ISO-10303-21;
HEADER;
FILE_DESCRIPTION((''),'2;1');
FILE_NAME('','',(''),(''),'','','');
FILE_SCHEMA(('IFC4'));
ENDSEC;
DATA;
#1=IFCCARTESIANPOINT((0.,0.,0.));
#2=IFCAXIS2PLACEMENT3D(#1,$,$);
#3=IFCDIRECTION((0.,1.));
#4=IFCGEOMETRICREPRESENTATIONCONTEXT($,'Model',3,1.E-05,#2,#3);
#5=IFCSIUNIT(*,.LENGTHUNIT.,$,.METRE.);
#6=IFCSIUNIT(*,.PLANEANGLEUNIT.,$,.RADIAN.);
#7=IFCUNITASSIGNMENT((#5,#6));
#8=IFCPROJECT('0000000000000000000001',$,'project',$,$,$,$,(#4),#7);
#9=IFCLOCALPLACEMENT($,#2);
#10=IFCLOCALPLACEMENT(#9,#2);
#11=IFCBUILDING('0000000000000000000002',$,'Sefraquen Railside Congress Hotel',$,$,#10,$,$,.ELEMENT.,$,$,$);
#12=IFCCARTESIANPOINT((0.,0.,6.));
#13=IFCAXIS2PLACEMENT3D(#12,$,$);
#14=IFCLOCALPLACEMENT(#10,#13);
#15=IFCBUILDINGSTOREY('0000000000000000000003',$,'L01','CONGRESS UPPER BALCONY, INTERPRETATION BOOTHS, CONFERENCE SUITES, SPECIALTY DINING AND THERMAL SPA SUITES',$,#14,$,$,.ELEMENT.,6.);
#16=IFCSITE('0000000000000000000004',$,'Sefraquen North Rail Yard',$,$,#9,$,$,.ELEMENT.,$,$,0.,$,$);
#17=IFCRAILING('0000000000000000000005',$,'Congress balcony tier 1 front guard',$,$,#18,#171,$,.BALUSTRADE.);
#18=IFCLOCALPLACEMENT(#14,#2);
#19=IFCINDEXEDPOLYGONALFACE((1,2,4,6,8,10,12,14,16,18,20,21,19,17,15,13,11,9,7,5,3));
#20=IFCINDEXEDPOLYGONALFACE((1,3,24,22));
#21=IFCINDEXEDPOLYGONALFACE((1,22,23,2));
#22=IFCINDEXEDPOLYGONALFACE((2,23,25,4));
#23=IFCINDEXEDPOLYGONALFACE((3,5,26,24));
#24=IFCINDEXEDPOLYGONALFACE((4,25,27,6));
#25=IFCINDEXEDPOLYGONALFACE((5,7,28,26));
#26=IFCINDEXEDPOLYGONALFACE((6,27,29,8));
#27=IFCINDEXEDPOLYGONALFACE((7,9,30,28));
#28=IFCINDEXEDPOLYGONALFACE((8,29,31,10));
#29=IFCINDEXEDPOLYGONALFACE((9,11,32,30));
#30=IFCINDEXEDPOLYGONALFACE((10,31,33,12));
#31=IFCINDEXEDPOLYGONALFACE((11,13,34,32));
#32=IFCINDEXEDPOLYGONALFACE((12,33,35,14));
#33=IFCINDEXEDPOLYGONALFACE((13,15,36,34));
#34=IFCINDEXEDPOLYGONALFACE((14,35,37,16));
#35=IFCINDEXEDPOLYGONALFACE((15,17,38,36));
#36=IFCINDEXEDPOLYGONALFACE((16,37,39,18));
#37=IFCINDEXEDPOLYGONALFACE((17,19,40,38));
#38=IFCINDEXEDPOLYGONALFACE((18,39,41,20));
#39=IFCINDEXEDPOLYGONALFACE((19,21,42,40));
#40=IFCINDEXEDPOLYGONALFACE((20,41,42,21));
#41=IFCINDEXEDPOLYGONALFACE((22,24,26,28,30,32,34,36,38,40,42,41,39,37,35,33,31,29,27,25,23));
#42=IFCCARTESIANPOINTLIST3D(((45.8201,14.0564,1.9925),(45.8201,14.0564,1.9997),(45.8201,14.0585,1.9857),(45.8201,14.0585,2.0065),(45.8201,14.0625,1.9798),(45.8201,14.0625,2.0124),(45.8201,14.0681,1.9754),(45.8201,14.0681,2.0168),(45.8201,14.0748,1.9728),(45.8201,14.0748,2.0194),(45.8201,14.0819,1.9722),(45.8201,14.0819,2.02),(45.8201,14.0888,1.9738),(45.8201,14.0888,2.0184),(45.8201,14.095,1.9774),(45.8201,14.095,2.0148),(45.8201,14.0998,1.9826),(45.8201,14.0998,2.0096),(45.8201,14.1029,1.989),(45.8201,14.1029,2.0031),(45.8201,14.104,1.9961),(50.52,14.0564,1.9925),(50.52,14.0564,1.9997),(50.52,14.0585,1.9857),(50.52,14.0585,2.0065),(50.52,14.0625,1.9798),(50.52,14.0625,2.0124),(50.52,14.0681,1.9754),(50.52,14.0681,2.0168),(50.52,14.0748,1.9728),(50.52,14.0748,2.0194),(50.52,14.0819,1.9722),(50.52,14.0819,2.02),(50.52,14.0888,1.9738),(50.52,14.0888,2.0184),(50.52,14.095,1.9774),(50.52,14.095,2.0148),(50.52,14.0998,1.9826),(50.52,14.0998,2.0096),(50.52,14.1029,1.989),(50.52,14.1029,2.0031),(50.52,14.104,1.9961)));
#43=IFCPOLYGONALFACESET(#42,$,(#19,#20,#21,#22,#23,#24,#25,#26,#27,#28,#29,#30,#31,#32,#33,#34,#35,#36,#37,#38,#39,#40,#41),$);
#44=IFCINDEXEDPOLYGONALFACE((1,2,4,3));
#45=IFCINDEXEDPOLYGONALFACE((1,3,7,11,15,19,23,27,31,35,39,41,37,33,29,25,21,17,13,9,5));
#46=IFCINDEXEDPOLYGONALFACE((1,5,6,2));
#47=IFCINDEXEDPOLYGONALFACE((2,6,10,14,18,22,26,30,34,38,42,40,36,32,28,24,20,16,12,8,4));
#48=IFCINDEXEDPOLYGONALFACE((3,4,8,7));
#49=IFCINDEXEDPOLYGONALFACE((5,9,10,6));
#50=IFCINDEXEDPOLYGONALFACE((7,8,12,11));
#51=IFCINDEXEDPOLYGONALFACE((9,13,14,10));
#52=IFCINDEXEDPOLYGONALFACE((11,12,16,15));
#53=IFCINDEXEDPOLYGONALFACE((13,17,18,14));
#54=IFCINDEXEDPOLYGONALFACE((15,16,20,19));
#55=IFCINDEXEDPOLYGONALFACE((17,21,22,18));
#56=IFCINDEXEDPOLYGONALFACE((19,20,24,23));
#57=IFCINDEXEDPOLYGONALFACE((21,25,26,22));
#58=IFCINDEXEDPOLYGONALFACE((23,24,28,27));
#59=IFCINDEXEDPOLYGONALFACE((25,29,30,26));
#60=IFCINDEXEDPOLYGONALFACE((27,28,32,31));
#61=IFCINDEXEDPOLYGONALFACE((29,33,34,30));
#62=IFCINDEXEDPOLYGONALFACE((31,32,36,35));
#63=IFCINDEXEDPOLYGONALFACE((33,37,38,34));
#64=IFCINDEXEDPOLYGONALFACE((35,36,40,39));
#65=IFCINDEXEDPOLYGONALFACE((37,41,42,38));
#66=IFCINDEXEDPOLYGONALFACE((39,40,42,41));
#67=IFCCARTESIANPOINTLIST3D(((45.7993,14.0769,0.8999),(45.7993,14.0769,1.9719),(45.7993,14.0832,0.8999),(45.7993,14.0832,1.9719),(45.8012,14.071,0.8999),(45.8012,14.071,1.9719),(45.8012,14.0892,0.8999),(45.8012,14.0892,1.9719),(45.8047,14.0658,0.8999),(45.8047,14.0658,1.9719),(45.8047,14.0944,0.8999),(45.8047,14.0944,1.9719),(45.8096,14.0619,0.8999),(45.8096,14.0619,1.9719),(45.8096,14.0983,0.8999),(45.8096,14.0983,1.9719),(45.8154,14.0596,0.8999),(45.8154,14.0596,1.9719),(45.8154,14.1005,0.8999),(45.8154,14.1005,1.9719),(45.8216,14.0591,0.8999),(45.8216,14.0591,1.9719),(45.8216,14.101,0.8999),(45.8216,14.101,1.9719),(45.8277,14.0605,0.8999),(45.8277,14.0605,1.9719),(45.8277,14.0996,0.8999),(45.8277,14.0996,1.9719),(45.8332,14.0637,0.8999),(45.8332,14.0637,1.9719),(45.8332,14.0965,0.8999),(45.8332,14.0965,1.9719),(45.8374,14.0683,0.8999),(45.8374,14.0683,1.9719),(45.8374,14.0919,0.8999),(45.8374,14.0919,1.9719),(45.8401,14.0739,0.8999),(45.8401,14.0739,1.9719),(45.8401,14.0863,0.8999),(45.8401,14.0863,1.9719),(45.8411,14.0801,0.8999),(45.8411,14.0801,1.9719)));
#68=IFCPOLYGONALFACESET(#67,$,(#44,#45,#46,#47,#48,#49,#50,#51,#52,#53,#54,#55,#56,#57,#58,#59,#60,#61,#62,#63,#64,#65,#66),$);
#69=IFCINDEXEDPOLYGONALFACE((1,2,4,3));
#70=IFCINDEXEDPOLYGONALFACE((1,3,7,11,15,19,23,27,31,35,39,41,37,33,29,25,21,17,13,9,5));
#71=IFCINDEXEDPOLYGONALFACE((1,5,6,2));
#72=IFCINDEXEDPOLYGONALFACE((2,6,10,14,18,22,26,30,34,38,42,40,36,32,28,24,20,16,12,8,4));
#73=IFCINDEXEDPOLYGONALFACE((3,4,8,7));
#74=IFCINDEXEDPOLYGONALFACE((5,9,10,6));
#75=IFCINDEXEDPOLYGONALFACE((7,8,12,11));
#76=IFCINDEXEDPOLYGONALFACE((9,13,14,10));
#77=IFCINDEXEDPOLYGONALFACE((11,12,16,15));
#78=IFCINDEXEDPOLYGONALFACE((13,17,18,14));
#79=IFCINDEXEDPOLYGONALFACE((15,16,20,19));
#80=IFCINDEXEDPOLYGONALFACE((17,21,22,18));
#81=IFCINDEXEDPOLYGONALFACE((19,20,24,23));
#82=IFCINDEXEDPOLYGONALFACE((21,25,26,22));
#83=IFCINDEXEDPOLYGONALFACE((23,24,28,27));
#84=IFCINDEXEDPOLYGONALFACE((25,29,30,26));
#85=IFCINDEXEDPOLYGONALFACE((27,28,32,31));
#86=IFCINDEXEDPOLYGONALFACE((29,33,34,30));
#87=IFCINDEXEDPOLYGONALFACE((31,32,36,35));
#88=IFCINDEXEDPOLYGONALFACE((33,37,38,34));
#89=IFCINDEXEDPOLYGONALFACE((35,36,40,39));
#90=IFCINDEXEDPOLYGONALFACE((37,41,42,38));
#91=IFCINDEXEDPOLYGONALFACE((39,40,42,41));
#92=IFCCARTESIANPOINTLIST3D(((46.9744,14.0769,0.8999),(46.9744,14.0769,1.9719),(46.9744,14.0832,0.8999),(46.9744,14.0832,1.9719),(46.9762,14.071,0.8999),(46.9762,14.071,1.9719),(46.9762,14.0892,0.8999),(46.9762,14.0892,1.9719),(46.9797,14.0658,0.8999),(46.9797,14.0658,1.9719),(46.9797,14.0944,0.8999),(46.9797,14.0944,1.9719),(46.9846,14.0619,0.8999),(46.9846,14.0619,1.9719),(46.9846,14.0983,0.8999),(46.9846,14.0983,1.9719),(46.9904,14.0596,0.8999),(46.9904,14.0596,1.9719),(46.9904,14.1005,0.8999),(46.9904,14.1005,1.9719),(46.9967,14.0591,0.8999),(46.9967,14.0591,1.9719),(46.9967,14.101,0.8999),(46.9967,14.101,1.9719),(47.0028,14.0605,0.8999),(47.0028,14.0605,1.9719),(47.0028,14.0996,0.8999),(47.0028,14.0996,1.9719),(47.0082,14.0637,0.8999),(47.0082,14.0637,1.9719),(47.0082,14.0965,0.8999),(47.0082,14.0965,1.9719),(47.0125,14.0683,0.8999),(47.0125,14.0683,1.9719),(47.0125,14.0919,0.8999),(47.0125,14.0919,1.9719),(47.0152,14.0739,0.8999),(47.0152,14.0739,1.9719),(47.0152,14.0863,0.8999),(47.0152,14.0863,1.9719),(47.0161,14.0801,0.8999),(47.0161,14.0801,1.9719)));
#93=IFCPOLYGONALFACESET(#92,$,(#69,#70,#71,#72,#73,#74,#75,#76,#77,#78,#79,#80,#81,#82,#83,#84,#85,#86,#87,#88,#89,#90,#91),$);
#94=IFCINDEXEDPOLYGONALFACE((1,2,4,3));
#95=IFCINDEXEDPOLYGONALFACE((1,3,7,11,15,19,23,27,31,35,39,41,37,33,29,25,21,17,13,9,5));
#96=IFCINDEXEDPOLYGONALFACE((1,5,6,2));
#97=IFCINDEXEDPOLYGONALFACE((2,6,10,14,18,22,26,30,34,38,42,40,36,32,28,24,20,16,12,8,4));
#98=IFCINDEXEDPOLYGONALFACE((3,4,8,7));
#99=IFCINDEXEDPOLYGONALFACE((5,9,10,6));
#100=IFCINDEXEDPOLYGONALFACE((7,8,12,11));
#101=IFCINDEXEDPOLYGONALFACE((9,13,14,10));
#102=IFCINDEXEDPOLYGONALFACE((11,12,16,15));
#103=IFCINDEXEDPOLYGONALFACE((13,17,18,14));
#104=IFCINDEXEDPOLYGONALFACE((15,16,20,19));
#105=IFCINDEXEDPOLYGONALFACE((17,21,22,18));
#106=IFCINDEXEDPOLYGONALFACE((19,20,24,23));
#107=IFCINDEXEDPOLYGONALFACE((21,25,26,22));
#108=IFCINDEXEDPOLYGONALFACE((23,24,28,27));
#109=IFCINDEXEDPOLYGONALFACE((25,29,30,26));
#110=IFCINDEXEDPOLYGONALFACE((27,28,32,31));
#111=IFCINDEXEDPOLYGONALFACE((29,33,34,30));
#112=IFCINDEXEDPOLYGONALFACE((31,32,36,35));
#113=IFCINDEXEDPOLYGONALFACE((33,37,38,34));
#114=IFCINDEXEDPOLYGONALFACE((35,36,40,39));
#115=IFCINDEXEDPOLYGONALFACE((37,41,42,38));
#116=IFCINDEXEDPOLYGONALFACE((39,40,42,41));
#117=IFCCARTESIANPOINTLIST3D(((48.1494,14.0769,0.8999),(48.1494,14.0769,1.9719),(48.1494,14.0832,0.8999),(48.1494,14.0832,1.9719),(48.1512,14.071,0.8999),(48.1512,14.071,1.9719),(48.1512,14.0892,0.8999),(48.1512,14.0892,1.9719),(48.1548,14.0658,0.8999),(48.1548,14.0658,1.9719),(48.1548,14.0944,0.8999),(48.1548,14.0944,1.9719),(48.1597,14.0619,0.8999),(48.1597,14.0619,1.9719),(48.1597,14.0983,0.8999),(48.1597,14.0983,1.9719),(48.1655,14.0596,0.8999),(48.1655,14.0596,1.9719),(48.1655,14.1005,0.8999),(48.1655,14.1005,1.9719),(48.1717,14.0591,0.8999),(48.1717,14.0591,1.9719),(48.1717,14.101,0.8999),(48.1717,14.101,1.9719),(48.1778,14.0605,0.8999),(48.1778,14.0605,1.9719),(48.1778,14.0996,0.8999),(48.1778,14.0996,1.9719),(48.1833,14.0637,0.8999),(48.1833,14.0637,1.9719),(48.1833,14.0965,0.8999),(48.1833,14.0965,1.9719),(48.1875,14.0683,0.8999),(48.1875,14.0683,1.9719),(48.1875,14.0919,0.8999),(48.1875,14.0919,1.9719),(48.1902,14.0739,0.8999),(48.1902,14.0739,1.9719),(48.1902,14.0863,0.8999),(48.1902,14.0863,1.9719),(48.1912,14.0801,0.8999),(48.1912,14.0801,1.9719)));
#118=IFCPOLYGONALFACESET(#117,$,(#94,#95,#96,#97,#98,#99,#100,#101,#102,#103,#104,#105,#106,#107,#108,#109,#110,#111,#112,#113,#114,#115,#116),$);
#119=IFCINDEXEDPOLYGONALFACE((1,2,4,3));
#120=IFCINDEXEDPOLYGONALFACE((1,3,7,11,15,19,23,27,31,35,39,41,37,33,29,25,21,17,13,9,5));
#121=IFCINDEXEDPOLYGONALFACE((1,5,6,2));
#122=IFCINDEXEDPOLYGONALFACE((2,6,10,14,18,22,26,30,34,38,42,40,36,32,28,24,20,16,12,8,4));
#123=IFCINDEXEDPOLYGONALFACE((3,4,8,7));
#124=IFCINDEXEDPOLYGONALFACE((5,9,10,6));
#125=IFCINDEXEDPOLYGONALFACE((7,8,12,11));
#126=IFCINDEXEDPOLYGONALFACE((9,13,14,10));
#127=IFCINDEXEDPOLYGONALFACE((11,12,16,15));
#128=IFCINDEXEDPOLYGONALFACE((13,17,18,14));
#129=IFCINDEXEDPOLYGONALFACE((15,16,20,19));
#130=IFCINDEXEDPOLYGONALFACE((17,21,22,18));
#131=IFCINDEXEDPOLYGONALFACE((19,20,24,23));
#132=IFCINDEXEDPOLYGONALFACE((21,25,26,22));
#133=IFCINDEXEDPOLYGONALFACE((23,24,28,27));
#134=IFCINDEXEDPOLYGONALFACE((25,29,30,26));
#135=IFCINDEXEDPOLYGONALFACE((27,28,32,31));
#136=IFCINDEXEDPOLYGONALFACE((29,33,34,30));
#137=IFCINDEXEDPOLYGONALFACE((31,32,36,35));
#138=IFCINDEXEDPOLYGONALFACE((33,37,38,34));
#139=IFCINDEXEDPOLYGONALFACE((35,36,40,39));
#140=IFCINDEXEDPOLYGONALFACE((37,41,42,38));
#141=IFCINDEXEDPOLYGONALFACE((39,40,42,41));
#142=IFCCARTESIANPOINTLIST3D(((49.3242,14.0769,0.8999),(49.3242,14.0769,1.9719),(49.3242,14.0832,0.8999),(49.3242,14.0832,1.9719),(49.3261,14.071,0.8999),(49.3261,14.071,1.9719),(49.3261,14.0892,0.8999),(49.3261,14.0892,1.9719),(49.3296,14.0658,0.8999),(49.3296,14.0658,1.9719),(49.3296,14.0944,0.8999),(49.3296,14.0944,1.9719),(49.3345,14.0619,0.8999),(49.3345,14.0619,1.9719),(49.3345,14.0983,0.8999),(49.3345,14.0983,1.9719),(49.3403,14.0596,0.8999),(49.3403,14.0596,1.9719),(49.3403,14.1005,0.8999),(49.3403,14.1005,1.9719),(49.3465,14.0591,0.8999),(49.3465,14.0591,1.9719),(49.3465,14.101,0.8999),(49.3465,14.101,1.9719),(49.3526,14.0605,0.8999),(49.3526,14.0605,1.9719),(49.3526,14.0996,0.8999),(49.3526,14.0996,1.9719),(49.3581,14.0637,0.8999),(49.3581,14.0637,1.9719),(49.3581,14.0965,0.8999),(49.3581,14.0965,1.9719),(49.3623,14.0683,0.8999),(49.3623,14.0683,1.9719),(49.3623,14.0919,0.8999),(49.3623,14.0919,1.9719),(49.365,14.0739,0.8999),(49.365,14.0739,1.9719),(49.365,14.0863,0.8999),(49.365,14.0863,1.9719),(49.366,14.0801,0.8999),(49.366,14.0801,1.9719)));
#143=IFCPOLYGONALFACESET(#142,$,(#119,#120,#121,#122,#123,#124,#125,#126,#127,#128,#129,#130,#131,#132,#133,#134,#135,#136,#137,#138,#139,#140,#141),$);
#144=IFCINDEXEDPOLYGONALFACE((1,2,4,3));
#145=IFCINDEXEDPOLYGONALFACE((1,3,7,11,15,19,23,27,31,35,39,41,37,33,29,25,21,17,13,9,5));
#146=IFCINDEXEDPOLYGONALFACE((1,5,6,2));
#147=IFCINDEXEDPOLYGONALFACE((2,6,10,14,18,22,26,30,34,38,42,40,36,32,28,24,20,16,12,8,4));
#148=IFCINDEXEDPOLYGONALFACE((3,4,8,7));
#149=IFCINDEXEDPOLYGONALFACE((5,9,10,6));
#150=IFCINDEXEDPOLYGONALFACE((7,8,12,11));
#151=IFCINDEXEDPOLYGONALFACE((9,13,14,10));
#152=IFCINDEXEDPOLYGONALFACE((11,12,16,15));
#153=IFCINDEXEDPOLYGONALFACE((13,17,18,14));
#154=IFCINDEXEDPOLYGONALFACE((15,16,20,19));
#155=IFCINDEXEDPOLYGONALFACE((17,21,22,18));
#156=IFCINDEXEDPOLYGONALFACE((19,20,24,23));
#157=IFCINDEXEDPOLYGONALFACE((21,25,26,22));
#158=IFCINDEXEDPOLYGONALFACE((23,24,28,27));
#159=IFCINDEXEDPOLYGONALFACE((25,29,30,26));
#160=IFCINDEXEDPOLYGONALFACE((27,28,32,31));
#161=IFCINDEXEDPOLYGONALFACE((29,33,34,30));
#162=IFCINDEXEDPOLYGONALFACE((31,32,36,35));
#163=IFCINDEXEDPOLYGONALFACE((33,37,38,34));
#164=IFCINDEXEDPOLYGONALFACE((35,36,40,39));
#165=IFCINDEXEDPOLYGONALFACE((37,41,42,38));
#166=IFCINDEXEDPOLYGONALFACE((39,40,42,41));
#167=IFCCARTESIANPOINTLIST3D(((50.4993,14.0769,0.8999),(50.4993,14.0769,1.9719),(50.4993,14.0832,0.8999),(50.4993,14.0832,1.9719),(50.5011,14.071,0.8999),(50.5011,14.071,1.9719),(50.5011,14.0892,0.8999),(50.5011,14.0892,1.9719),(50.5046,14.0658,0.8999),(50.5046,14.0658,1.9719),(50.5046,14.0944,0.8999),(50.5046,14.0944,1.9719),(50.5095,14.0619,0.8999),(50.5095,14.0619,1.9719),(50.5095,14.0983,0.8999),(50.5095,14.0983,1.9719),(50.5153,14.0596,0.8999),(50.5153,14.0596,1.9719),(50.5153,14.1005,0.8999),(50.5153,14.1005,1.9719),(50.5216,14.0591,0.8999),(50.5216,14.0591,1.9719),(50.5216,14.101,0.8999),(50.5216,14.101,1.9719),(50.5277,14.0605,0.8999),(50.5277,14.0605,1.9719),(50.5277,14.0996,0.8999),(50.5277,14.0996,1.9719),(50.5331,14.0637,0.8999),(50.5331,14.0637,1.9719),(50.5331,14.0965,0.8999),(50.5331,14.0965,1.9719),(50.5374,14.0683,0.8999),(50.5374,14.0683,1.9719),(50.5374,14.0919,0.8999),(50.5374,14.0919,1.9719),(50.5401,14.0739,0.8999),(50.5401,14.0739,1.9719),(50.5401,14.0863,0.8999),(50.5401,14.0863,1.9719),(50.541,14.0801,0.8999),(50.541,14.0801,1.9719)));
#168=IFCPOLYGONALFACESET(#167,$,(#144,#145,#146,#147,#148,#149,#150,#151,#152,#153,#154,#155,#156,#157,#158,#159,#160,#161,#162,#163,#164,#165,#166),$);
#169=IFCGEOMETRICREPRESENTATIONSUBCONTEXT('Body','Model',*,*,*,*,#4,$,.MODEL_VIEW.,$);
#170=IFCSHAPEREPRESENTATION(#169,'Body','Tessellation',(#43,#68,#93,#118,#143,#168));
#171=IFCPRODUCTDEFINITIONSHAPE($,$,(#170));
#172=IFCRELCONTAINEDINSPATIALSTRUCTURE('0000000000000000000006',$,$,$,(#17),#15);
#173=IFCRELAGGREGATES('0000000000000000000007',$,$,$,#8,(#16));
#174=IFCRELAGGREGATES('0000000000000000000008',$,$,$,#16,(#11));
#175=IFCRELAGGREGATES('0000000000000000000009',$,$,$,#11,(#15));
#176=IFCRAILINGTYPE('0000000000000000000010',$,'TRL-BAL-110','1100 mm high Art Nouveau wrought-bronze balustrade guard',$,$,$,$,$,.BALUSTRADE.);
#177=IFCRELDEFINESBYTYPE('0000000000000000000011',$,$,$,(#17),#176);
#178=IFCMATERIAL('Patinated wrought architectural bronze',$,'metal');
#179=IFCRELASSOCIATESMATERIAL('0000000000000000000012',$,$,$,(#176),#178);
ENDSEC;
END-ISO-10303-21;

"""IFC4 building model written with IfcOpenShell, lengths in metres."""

from ifc_helpers import new_model, si_unit, direction, frame, origin, origin_2d, place, context, subcontext, project, spatial, circle, extrude, material, type_object, element, save


model = new_model("IFC4")

# Units and contexts
model_context = context("Model", 3, precision=1e-05, world=origin(), true_north=direction((0.0, 1.0)))
body_context = subcontext(model_context, "Body", "Model", "MODEL_VIEW")
ifc_project = project(units=[si_unit("LENGTHUNIT", "METRE"), si_unit("PLANEANGLEUNIT", "RADIAN")], contexts=[model_context])

# Site, building, storey
site_placement = place(None, origin())
site = spatial("IfcSite", under=ifc_project, at=site_placement, Name="Sefraquen North Rail Yard", CompositionType="ELEMENT", RefElevation=0.0)
building_placement = place(site_placement, origin())
building = spatial("IfcBuilding", under=site, at=building_placement, Name="Sefraquen Railside Congress Hotel", CompositionType="ELEMENT")
storey_placement = place(building_placement, frame((0.0, 0.0, 6.0)))
storey = spatial("IfcBuildingStorey", under=building, at=storey_placement, Name="L01", Description="CONGRESS UPPER BALCONY, INTERPRETATION BOOTHS, CONFERENCE SUITES, SPECIALTY DINING AND THERMAL SPA SUITES", CompositionType="ELEMENT", Elevation=6.0)

# Railing
ifc_material_1 = material(Name="Patinated wrought architectural bronze", Category="metal")
railing_type = type_object("IfcRailingType", Name="TRL-BAL-110", Description="1100 mm high Art Nouveau wrought-bronze balustrade guard", PredefinedType="BALUSTRADE", material=ifc_material_1)
railing_1_placement = place(storey_placement, frame((45.8201, 14.0801, 0.8999)))
element("IfcRailing", 1, at=railing_1_placement, inside=storey, type_object=railing_type, Name="Congress balcony tier 1 front guard", PredefinedType="BALUSTRADE", context=body_context, shape_type="SweptSolid", body=[
    extrude(circle(Radius=0.0239, at=origin_2d()), frame((0.0, 0.0, 1.0962), z_axis=(1.0, 0.0, 0.0), x_axis=(0.0, 1.0, 0.0)), (0.0, 0.0, 1.0), 4.7),
    extrude(circle(Radius=0.021, at=origin_2d()), origin(), (0.0, 0.0, 1.0), 1.072),
    extrude(circle(Radius=0.021, at=origin_2d()), frame((1.175, 0.0, 0.0)), (0.0, 0.0, 1.0), 1.072),
    extrude(circle(Radius=0.021, at=origin_2d()), frame((2.3501, 0.0, 0.0)), (0.0, 0.0, 1.0), 1.072),
    extrude(circle(Radius=0.021, at=origin_2d()), frame((3.5249, 0.0, 0.0)), (0.0, 0.0, 1.0), 1.072),
    extrude(circle(Radius=0.021, at=origin_2d()), frame((4.7, 0.0, 0.0)), (0.0, 0.0, 1.0), 1.072),
])

save(model, "model.ifc")
